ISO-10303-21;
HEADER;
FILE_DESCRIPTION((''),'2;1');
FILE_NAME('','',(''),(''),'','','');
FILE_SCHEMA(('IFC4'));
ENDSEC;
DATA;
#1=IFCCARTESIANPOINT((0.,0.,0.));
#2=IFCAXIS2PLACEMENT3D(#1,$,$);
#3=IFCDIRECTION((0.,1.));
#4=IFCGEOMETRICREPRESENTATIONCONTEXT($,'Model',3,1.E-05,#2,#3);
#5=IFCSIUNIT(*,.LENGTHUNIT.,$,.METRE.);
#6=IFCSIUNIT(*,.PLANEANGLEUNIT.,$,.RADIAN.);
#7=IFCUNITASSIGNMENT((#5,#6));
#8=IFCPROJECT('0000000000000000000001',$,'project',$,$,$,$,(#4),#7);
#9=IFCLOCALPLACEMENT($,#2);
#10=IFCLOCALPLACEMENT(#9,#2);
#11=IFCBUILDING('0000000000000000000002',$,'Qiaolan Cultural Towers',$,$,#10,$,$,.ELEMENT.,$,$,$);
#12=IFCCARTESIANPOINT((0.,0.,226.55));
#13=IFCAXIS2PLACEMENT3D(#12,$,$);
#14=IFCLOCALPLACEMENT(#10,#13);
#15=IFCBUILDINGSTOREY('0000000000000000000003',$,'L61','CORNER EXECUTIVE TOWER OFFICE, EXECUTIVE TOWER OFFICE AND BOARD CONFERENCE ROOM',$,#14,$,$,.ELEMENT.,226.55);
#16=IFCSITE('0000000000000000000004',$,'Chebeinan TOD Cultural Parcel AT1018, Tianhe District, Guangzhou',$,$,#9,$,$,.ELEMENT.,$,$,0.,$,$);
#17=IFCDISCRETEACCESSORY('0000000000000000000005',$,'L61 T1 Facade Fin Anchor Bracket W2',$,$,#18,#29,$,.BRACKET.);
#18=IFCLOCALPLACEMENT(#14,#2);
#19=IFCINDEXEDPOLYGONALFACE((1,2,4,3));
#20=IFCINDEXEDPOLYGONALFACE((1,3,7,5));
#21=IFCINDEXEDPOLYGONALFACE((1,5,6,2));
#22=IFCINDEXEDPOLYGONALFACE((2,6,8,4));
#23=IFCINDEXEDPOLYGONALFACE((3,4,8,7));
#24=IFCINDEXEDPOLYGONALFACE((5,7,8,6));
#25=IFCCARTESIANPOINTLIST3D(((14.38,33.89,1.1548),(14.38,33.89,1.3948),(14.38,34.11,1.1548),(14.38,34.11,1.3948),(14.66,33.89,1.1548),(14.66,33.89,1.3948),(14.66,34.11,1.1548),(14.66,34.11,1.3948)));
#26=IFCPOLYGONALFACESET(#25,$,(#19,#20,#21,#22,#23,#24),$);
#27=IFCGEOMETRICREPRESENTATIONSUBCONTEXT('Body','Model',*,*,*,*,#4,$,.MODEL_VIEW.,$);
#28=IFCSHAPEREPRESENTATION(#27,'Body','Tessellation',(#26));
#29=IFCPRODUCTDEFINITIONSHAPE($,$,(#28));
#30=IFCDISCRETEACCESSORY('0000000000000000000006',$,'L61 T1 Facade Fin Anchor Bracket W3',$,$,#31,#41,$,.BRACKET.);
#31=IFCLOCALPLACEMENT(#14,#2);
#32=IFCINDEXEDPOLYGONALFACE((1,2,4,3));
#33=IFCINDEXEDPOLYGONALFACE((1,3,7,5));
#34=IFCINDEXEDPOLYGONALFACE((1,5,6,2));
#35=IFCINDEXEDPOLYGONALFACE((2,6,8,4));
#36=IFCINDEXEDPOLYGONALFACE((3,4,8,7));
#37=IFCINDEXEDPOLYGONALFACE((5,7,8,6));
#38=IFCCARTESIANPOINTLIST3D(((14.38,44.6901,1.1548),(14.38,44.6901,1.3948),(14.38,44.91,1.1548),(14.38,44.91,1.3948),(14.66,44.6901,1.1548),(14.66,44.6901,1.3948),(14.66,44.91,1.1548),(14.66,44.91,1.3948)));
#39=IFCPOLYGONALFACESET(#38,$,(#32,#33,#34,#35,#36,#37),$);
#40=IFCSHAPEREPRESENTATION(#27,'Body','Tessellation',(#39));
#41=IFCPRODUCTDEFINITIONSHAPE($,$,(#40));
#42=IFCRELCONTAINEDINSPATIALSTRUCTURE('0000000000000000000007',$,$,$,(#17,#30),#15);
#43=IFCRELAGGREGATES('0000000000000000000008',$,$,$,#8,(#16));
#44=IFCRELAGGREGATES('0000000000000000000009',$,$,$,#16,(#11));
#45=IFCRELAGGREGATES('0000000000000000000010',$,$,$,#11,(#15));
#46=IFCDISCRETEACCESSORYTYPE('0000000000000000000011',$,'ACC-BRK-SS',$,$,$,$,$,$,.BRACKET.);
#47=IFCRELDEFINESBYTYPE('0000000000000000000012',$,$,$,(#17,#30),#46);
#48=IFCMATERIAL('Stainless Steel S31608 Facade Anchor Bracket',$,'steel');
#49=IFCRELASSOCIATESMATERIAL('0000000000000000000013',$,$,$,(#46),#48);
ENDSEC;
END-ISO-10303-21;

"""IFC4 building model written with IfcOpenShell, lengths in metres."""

from ifc_helpers import new_model, si_unit, direction, frame, origin, origin_2d, place, context, subcontext, project, spatial, rectangle, extrude, material, type_object, element, save


model = new_model("IFC4")

# Units and contexts
model_context = context("Model", 3, precision=1e-05, world=origin(), true_north=direction((0.0, 1.0)))
body_context = subcontext(model_context, "Body", "Model", "MODEL_VIEW")
ifc_project = project(units=[si_unit("LENGTHUNIT", "METRE"), si_unit("PLANEANGLEUNIT", "RADIAN")], contexts=[model_context])

# Site, building, storey
site_placement = place(None, origin())
site = spatial("IfcSite", under=ifc_project, at=site_placement, Name="Chebeinan TOD Cultural Parcel AT1018, Tianhe District, Guangzhou", CompositionType="ELEMENT", RefElevation=0.0)
building_placement = place(site_placement, origin())
building = spatial("IfcBuilding", under=site, at=building_placement, Name="Qiaolan Cultural Towers", CompositionType="ELEMENT")
storey_placement = place(building_placement, frame((0.0, 0.0, 226.55)))
storey = spatial("IfcBuildingStorey", under=building, at=storey_placement, Name="L61", Description="CORNER EXECUTIVE TOWER OFFICE, EXECUTIVE TOWER OFFICE AND BOARD CONFERENCE ROOM", CompositionType="ELEMENT", Elevation=226.55)

# Discrete accessories
ifc_material_1 = material(Name="Stainless Steel S31608 Facade Anchor Bracket", Category="steel")
discrete_accessory_type = type_object("IfcDiscreteAccessoryType", Name="ACC-BRK-SS", PredefinedType="BRACKET", material=ifc_material_1)
for number, where, z_axis, x_axis, name in (
    (1, (14.52, 34.0, 1.1548), (0.0, 0.0, 1.0), (1.0, 0.0, 0.0), "L61 T1 Facade Fin Anchor Bracket W2"),
    (2, (14.52, 44.8, 1.1548), (0.0, 0.0, 1.0), (1.0, 0.0, 0.0), "L61 T1 Facade Fin Anchor Bracket W3"),
):
    element("IfcDiscreteAccessory", number, at=place(storey_placement, frame(where, z_axis=z_axis, x_axis=x_axis)), inside=storey, type_object=discrete_accessory_type, Name=name, PredefinedType="BRACKET", context=body_context, shape_type="SweptSolid", body=[
        extrude(rectangle(XDim=0.28, YDim=0.22, at=origin_2d()), origin(), (0.0, 0.0, 1.0), 0.24),
    ])

save(model, "model.ifc")
